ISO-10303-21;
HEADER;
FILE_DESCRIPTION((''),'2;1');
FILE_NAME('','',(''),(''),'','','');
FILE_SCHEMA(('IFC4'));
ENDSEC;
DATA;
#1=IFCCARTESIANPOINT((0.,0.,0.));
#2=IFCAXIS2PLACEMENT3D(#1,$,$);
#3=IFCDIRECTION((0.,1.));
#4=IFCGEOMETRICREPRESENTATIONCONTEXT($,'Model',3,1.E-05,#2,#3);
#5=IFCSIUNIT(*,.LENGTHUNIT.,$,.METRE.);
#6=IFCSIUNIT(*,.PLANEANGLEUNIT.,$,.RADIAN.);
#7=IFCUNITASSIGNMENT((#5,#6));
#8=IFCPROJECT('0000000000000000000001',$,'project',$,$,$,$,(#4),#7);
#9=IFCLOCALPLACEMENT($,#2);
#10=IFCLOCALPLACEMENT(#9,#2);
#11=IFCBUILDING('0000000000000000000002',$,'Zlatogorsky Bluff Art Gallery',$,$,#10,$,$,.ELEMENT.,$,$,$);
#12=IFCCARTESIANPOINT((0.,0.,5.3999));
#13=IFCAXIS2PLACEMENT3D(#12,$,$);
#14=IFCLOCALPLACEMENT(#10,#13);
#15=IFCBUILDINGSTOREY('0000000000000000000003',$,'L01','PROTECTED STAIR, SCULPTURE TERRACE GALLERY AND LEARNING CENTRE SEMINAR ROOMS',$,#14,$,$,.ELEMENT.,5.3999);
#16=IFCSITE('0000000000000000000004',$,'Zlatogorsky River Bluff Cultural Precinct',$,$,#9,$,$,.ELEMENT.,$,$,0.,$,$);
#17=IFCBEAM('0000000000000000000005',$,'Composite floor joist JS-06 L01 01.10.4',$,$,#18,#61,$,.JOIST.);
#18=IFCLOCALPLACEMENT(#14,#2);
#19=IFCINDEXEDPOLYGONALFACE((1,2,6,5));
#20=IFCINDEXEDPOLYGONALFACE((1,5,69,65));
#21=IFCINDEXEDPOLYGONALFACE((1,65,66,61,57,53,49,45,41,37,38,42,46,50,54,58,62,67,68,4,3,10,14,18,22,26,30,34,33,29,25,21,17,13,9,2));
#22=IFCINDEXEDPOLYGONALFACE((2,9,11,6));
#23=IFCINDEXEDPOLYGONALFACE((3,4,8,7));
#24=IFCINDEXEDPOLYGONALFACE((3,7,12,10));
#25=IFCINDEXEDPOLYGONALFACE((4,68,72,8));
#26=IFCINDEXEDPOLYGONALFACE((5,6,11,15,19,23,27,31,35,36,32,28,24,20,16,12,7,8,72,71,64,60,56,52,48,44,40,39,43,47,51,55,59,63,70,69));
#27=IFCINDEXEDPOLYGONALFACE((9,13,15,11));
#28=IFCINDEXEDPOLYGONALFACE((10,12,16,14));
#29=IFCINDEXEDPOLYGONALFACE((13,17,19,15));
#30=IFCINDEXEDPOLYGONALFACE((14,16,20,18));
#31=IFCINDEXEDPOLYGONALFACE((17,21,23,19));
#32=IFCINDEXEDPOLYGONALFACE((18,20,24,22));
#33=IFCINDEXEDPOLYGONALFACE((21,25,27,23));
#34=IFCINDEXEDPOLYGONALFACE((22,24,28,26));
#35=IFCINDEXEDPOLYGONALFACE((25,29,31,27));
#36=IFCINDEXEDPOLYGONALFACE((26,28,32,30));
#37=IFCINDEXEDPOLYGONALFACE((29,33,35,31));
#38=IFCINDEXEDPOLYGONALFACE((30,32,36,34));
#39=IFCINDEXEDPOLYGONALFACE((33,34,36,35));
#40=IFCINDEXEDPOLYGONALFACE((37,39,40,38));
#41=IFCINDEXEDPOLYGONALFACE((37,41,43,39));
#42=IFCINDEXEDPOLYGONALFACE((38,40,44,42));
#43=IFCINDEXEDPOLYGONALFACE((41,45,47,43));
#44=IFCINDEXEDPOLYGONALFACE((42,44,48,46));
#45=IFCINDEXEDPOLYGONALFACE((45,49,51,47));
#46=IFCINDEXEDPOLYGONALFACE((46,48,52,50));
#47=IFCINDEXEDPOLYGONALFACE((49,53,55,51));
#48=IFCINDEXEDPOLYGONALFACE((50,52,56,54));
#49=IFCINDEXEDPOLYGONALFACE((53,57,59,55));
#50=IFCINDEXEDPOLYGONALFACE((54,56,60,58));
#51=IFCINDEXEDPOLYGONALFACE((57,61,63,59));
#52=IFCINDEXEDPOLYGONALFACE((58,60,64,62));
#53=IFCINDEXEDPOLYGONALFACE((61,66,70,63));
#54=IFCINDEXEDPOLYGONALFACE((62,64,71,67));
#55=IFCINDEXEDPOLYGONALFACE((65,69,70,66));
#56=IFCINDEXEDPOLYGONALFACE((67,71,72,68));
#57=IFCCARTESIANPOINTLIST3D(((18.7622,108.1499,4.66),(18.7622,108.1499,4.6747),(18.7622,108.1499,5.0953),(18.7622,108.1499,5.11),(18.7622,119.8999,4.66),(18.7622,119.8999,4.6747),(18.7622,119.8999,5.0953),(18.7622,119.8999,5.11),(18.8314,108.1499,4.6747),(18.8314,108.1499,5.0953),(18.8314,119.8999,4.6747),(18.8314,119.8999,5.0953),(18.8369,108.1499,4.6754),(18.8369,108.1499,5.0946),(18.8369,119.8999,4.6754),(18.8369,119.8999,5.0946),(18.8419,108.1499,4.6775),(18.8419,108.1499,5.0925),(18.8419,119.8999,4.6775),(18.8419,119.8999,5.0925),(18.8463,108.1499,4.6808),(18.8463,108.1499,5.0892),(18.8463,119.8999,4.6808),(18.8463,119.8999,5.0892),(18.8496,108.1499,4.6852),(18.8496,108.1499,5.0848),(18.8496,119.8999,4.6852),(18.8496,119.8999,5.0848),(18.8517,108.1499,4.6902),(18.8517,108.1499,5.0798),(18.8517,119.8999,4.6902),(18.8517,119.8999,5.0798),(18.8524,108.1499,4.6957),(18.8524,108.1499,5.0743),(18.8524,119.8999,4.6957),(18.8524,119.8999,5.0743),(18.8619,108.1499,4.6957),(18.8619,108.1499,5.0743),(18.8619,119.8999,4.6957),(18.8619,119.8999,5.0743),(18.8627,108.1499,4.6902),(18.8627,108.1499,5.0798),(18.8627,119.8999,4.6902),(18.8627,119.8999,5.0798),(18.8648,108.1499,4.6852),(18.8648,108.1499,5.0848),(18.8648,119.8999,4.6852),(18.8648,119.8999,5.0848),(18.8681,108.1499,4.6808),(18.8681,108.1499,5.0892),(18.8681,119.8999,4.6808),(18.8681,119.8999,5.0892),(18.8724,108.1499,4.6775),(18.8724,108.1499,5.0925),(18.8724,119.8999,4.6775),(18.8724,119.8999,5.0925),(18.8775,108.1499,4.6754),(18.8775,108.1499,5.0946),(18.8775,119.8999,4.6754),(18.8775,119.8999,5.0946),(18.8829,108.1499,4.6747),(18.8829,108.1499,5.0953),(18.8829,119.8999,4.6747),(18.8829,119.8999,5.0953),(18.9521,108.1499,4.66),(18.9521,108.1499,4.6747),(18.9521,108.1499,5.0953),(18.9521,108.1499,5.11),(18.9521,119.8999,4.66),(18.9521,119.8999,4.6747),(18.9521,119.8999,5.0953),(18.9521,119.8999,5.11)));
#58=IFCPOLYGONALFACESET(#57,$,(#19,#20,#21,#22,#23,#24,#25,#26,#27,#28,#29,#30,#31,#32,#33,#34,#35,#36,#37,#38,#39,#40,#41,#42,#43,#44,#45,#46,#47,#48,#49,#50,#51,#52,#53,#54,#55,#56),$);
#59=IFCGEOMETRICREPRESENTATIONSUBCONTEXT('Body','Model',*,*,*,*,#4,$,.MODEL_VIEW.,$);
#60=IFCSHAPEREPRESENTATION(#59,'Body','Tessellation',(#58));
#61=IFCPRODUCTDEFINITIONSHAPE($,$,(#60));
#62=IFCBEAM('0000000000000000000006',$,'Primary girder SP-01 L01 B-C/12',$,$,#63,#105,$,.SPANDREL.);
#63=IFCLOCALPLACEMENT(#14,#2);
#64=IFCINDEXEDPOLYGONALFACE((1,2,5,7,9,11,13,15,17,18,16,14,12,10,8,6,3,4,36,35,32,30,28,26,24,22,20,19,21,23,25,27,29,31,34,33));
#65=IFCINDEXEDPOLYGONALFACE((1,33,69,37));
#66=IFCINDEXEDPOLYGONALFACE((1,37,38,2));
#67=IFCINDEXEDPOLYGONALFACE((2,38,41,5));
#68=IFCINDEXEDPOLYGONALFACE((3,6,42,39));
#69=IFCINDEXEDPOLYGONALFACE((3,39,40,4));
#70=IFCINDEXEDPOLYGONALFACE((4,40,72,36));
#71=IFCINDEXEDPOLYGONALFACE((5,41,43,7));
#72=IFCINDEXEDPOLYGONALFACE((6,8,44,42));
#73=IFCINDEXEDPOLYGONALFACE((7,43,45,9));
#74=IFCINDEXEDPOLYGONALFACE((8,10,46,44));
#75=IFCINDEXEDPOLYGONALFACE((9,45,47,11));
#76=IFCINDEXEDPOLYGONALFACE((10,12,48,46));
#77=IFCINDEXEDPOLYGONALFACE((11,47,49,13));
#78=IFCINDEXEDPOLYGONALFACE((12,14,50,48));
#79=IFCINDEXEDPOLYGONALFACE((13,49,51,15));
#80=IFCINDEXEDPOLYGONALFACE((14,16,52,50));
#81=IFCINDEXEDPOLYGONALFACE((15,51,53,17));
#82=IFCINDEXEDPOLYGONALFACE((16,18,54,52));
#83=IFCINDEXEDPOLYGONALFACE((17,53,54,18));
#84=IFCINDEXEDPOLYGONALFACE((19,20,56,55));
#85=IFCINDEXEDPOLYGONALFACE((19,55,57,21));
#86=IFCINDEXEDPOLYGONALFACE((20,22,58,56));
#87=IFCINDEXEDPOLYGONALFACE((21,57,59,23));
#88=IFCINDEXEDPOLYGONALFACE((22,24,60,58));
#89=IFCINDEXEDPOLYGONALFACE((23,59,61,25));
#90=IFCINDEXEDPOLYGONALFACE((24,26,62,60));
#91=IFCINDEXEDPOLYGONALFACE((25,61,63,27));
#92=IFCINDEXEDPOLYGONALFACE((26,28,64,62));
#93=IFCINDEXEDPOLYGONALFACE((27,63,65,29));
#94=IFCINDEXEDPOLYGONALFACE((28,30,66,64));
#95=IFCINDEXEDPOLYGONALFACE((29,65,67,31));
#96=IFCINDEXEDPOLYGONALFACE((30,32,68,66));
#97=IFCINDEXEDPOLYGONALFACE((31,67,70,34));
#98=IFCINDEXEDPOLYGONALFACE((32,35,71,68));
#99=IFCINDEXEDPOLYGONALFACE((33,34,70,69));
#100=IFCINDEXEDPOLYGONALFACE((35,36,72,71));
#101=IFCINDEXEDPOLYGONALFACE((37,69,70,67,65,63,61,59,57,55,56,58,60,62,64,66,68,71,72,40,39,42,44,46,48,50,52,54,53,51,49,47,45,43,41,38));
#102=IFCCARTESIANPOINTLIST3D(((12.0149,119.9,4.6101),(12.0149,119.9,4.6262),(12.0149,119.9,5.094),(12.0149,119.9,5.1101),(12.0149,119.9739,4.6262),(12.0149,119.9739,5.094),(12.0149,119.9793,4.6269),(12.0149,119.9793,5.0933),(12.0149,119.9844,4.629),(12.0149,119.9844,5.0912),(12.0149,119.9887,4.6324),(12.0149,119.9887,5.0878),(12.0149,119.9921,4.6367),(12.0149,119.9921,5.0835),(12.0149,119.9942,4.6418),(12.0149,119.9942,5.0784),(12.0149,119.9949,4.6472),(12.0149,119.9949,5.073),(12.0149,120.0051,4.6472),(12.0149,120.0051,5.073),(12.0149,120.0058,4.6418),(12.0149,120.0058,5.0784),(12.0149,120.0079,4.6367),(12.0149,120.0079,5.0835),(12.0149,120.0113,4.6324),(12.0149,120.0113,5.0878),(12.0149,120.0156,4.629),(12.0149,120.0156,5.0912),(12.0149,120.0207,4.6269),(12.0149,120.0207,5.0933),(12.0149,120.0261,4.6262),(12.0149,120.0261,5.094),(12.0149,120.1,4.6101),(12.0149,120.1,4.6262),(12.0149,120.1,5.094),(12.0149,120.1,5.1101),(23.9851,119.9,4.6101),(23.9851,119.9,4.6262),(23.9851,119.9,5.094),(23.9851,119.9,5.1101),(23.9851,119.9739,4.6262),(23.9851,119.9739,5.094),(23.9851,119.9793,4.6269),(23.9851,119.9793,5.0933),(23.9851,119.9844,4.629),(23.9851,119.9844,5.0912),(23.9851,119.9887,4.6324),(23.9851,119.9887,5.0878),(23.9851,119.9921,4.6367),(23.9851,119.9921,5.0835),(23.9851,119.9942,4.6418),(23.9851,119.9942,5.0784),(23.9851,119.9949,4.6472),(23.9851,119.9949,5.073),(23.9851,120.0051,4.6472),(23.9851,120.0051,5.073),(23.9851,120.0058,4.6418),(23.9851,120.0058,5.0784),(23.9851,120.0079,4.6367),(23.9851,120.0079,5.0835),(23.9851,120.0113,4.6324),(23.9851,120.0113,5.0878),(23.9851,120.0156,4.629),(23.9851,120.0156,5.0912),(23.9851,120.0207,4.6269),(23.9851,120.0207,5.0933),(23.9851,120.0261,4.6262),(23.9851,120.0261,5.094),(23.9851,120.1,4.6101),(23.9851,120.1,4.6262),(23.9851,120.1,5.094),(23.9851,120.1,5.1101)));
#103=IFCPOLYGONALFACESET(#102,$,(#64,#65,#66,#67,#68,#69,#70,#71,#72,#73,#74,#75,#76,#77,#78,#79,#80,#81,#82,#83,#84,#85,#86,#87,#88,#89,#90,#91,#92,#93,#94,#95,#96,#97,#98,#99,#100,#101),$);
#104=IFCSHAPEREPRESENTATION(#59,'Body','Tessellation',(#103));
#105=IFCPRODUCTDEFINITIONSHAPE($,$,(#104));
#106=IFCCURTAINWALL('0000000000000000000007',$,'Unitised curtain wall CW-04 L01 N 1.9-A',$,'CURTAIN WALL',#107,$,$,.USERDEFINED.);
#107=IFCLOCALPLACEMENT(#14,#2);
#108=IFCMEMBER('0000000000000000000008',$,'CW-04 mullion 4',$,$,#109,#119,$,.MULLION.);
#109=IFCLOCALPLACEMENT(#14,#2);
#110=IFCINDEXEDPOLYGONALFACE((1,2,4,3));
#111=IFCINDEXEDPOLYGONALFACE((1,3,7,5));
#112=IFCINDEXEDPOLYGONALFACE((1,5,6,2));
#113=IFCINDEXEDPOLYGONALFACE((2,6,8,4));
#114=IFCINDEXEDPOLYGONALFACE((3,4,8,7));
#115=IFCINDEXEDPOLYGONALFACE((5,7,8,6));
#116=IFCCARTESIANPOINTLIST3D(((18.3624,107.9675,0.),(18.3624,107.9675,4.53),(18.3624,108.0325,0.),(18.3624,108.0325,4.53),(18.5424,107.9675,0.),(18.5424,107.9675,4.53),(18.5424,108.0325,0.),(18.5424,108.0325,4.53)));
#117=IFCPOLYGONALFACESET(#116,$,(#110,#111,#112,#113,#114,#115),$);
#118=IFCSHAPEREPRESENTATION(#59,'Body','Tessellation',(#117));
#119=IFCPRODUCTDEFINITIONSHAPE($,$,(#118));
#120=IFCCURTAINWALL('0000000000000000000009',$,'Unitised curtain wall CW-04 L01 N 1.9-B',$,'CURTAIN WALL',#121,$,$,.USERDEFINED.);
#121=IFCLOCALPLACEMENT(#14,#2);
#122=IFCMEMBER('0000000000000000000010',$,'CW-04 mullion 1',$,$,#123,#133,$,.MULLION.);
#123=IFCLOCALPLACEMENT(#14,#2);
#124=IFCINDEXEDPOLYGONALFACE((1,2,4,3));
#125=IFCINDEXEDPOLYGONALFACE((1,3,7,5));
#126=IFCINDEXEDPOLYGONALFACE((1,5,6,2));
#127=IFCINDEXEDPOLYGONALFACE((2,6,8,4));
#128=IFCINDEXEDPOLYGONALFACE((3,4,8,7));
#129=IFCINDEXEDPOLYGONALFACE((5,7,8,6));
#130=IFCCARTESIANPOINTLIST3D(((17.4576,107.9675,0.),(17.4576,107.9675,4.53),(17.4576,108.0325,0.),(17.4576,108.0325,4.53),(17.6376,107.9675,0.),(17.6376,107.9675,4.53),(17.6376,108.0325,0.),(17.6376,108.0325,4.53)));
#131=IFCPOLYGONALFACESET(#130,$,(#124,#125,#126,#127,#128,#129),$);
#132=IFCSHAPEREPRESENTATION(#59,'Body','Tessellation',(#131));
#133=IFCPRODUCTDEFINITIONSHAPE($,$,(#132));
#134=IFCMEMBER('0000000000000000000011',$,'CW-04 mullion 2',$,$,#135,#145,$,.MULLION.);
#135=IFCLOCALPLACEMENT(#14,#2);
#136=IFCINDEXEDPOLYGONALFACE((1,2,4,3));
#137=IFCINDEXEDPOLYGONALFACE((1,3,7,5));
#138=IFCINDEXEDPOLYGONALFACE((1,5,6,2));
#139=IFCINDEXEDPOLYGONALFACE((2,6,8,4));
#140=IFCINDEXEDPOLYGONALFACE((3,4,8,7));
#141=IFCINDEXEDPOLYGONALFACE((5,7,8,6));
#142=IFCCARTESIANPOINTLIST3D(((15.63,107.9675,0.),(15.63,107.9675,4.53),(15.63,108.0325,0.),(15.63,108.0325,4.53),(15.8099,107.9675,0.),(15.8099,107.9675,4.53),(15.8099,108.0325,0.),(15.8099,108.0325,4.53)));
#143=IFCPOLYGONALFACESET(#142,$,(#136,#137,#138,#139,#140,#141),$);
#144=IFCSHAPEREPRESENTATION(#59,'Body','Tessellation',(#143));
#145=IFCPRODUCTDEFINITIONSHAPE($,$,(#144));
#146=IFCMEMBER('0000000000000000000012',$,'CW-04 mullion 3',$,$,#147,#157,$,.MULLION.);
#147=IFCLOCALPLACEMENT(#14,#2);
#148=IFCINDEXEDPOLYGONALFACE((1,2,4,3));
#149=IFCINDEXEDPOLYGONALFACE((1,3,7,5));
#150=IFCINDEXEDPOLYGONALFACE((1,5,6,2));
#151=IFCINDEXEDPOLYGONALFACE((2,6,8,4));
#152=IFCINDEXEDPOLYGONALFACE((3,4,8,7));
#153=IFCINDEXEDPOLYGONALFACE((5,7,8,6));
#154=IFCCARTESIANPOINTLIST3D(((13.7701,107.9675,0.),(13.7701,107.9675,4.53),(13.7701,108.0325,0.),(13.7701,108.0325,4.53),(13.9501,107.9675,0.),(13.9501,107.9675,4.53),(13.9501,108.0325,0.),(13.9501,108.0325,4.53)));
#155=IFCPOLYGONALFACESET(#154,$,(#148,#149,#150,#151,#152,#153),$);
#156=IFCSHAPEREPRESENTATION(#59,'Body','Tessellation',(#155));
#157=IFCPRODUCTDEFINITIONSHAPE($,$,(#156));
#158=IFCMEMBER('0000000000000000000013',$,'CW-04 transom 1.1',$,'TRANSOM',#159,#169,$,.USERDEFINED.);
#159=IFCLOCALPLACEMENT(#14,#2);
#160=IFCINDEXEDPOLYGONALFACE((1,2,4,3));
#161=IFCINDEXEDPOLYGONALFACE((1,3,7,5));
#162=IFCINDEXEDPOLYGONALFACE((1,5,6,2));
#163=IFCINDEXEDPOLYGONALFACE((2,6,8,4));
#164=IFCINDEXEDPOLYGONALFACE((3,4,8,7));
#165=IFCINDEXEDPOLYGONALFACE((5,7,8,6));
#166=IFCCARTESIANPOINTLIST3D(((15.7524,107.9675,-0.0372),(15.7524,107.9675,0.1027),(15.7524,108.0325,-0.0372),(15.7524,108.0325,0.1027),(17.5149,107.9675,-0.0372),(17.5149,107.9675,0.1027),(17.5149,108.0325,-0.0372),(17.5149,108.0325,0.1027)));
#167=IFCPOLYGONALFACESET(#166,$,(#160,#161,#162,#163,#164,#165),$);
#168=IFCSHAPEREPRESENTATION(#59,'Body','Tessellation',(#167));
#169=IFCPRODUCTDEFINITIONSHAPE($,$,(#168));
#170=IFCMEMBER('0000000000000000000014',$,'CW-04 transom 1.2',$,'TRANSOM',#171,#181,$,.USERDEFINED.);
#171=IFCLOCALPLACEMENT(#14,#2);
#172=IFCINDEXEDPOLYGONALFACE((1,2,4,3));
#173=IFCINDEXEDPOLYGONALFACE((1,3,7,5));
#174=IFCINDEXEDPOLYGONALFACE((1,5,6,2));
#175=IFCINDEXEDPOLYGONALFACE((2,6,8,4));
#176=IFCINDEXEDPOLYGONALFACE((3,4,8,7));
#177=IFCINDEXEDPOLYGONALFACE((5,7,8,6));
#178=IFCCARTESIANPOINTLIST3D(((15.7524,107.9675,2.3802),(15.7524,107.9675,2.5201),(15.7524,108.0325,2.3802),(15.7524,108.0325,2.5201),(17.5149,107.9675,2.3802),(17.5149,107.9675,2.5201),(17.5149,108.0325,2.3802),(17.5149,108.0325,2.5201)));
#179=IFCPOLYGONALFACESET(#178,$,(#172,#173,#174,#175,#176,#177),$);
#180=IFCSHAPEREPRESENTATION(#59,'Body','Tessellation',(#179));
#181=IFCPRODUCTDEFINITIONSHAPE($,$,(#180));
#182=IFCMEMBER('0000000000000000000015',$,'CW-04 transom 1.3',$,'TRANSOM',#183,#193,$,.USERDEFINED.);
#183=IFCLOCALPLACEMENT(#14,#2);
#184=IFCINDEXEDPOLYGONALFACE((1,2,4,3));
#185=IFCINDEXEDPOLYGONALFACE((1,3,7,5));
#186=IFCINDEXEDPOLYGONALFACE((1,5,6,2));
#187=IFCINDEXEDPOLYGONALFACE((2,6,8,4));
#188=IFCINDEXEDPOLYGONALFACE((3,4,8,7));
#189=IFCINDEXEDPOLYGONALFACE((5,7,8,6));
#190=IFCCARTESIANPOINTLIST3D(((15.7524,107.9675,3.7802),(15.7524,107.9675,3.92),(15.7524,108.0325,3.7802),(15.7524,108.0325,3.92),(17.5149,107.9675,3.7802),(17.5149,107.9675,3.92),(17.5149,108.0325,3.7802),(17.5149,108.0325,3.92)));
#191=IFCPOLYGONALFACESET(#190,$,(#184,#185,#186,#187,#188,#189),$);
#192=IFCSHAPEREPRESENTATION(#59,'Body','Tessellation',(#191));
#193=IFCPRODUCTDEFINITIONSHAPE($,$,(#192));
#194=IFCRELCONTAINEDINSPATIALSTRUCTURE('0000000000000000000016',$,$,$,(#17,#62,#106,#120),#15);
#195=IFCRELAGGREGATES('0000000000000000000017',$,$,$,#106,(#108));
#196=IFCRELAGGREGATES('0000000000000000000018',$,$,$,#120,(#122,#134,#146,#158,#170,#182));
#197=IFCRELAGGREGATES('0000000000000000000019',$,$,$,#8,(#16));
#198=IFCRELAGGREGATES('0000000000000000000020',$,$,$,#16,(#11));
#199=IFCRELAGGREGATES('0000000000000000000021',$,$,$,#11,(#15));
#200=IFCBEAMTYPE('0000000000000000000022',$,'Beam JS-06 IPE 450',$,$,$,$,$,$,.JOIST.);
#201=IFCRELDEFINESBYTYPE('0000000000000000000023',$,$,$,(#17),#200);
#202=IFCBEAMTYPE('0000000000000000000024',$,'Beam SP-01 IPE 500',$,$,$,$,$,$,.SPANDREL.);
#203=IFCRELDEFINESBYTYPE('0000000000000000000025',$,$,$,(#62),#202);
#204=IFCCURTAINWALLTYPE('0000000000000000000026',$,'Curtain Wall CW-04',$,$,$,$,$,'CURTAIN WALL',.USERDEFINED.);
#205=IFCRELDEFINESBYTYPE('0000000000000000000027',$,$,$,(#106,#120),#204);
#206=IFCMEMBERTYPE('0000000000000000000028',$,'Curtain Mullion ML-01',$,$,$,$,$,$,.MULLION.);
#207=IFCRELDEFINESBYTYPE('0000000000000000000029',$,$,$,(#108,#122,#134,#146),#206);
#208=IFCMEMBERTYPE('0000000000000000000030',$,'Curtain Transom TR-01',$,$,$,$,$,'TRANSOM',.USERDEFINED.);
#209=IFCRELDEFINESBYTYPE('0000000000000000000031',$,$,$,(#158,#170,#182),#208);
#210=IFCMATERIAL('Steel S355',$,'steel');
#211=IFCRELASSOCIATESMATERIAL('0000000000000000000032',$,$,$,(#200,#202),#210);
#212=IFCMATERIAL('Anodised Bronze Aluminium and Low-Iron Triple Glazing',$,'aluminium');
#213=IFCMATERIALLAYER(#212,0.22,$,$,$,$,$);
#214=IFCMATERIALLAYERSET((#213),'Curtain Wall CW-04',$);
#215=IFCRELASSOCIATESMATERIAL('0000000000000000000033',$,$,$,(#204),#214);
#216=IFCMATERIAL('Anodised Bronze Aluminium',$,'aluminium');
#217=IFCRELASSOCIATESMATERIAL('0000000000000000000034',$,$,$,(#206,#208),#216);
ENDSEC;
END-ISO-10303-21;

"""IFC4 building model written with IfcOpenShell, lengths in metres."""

from ifc_helpers import new_model, si_unit, direction, frame, origin, origin_2d, place, context, subcontext, project, spatial, rectangle, i_section, extrude, material, layer, layer_set, material_profile, profile_set, type_object, element, aggregate, save


model = new_model("IFC4")

# Units and contexts
model_context = context("Model", 3, precision=1e-05, world=origin(), true_north=direction((0.0, 1.0)))
body_context = subcontext(model_context, "Body", "Model", "MODEL_VIEW")
ifc_project = project(units=[si_unit("LENGTHUNIT", "METRE"), si_unit("PLANEANGLEUNIT", "RADIAN")], contexts=[model_context])

# Site, building, storey
site_placement = place(None, origin())
site = spatial("IfcSite", under=ifc_project, at=site_placement, Name="Zlatogorsky River Bluff Cultural Precinct", CompositionType="ELEMENT", RefElevation=0.0)
building_placement = place(site_placement, origin())
building = spatial("IfcBuilding", under=site, at=building_placement, Name="Zlatogorsky Bluff Art Gallery", CompositionType="ELEMENT")
storey_placement = place(building_placement, frame((0.0, 0.0, 5.3999)))
storey = spatial("IfcBuildingStorey", under=building, at=storey_placement, Name="L01", Description="PROTECTED STAIR, SCULPTURE TERRACE GALLERY AND LEARNING CENTRE SEMINAR ROOMS", CompositionType="ELEMENT", Elevation=5.3999)

# Shared definitions
ifc_material_1 = material(Name="Steel S355", Category="steel")

# Beams
ifc_material_profile_1 = material_profile(ifc_material_1, i_section(OverallWidth=0.1899, OverallDepth=0.45, WebThickness=0.0095, FlangeThickness=0.0146, FilletRadius=0.021, at=origin_2d()), Name="IPE 450")
ifc_profile_set_1 = profile_set([ifc_material_profile_1], Name="Steel S355")
beam_type_1 = type_object("IfcBeamType", Name="Beam JS-06 IPE 450", PredefinedType="JOIST", material=ifc_profile_set_1)
for number, where, z_axis, x_axis, name in (
    (1, (18.8572, 108.1499, 4.885), (0.0, 1.0, 0.0), (-1.0, 0.0, 0.0), "Composite floor joist JS-06 L01 01.10.4"),
):
    element("IfcBeam", number, at=place(storey_placement, frame(where, z_axis=z_axis, x_axis=x_axis)), inside=storey, type_object=beam_type_1, Name=name, PredefinedType="JOIST", context=body_context, shape_type="SweptSolid", body=[
        extrude(i_section(OverallWidth=0.1899, OverallDepth=0.45, WebThickness=0.0095, FlangeThickness=0.0146, FilletRadius=0.021, at=origin_2d()), origin(), (0.0, 0.0, 1.0), 11.75),
    ])
ifc_material_profile_2 = material_profile(ifc_material_1, i_section(OverallWidth=0.2, OverallDepth=0.5, WebThickness=0.0103, FlangeThickness=0.0161, FilletRadius=0.021, at=origin_2d()), Name="IPE 500")
ifc_profile_set_2 = profile_set([ifc_material_profile_2], Name="Steel S355")
beam_type_2 = type_object("IfcBeamType", Name="Beam SP-01 IPE 500", PredefinedType="SPANDREL", material=ifc_profile_set_2)
beam_1_placement = place(storey_placement, frame((12.0149, 120.0, 4.8601), z_axis=(1.0, 0.0, 0.0), x_axis=(0.0, 1.0, 0.0)))
element("IfcBeam", 2, at=beam_1_placement, inside=storey, type_object=beam_type_2, Name="Primary girder SP-01 L01 B-C/12", PredefinedType="SPANDREL", context=body_context, shape_type="SweptSolid", body=[
    extrude(i_section(OverallWidth=0.2, OverallDepth=0.5, WebThickness=0.0103, FlangeThickness=0.0161, FilletRadius=0.021, at=origin_2d()), origin(), (0.0, 0.0, 1.0), 11.9702),
])

# Curtain wall, member
ifc_material_2 = material(Name="Anodised Bronze Aluminium and Low-Iron Triple Glazing", Category="aluminium")
ifc_layer_1 = layer(ifc_material_2, 0.22)
ifc_layer_set_1 = layer_set([ifc_layer_1], Name="Curtain Wall CW-04")
curtain_wall_type = type_object("IfcCurtainWallType", Name="Curtain Wall CW-04", ElementType="CURTAIN WALL", PredefinedType="USERDEFINED", material=ifc_layer_set_1)
curtain_wall_1_placement = place(storey_placement, origin())
curtain_wall_1 = element("IfcCurtainWall", 3, at=curtain_wall_1_placement, inside=storey, type_object=curtain_wall_type, Name="Unitised curtain wall CW-04 L01 N 1.9-A", ObjectType="CURTAIN WALL", PredefinedType="USERDEFINED")
ifc_material_3 = material(Name="Anodised Bronze Aluminium", Category="aluminium")
ifc_material_profile_3 = material_profile(ifc_material_3, rectangle(XDim=0.0649, YDim=0.1799, at=origin_2d()), Name="ALU MULLION 65x180")
ifc_profile_set_3 = profile_set([ifc_material_profile_3], Name="Anodised Bronze Aluminium")
member_type_1 = type_object("IfcMemberType", Name="Curtain Mullion ML-01", PredefinedType="MULLION", material=ifc_profile_set_3)
member_1_placement = place(storey_placement, frame((18.4524, 108.0, 0.0), z_axis=(0.0, 0.0, 1.0), x_axis=(0.0, -1.0, 0.0)))
member_1 = element("IfcMember", 4, at=member_1_placement, type_object=member_type_1, Name="CW-04 mullion 4", PredefinedType="MULLION", context=body_context, shape_type="SweptSolid", body=[
    extrude(rectangle(XDim=0.0649, YDim=0.1799, at=origin_2d()), origin(), (0.0, 0.0, 1.0), 4.53),
])
aggregate(curtain_wall_1, [member_1])

# Curtain wall, members
curtain_wall_2_placement = place(storey_placement, origin())
curtain_wall_2 = element("IfcCurtainWall", 5, at=curtain_wall_2_placement, inside=storey, type_object=curtain_wall_type, Name="Unitised curtain wall CW-04 L01 N 1.9-B", ObjectType="CURTAIN WALL", PredefinedType="USERDEFINED")
member_2_placement = place(storey_placement, frame((17.5476, 108.0, 0.0), z_axis=(0.0, 0.0, 1.0), x_axis=(0.0, -1.0, 0.0)))
member_2 = element("IfcMember", 6, at=member_2_placement, type_object=member_type_1, Name="CW-04 mullion 1", PredefinedType="MULLION", context=body_context, shape_type="SweptSolid", body=[
    extrude(rectangle(XDim=0.0649, YDim=0.1799, at=origin_2d()), origin(), (0.0, 0.0, 1.0), 4.53),
])
member_3_placement = place(storey_placement, frame((15.72, 108.0, 0.0), z_axis=(0.0, 0.0, 1.0), x_axis=(0.0, -1.0, 0.0)))
member_3 = element("IfcMember", 7, at=member_3_placement, type_object=member_type_1, Name="CW-04 mullion 2", PredefinedType="MULLION", context=body_context, shape_type="SweptSolid", body=[
    extrude(rectangle(XDim=0.0649, YDim=0.1799, at=origin_2d()), origin(), (0.0, 0.0, 1.0), 4.53),
])
member_4_placement = place(storey_placement, frame((13.8601, 108.0, 0.0), z_axis=(0.0, 0.0, 1.0), x_axis=(0.0, -1.0, 0.0)))
member_4 = element("IfcMember", 8, at=member_4_placement, type_object=member_type_1, Name="CW-04 mullion 3", PredefinedType="MULLION", context=body_context, shape_type="SweptSolid", body=[
    extrude(rectangle(XDim=0.0649, YDim=0.1799, at=origin_2d()), origin(), (0.0, 0.0, 1.0), 4.53),
])
ifc_material_profile_4 = material_profile(ifc_material_3, rectangle(XDim=0.0649, YDim=0.1399, at=origin_2d()), Name="ALU TRANSOM 65x140")
ifc_profile_set_4 = profile_set([ifc_material_profile_4], Name="Anodised Bronze Aluminium")
member_type_2 = type_object("IfcMemberType", Name="Curtain Transom TR-01", ElementType="TRANSOM", PredefinedType="USERDEFINED", material=ifc_profile_set_4)
member_5_placement = place(storey_placement, frame((17.5149, 108.0, 0.0327), z_axis=(-1.0, 0.0, 0.0), x_axis=(0.0, -1.0, 0.0)))
member_5 = element("IfcMember", 9, at=member_5_placement, type_object=member_type_2, Name="CW-04 transom 1.1", ObjectType="TRANSOM", PredefinedType="USERDEFINED", context=body_context, shape_type="SweptSolid", body=[
    extrude(rectangle(XDim=0.0649, YDim=0.1399, at=origin_2d()), origin(), (0.0, 0.0, 1.0), 1.7625),
])
member_6_placement = place(storey_placement, frame((17.5149, 108.0, 2.4502), z_axis=(-1.0, 0.0, 0.0), x_axis=(0.0, -1.0, 0.0)))
member_6 = element("IfcMember", 10, at=member_6_placement, type_object=member_type_2, Name="CW-04 transom 1.2", ObjectType="TRANSOM", PredefinedType="USERDEFINED", context=body_context, shape_type="SweptSolid", body=[
    extrude(rectangle(XDim=0.0649, YDim=0.1399, at=origin_2d()), origin(), (0.0, 0.0, 1.0), 1.7625),
])
member_7_placement = place(storey_placement, frame((17.5149, 108.0, 3.8501), z_axis=(-1.0, 0.0, 0.0), x_axis=(0.0, -1.0, 0.0)))
member_7 = element("IfcMember", 11, at=member_7_placement, type_object=member_type_2, Name="CW-04 transom 1.3", ObjectType="TRANSOM", PredefinedType="USERDEFINED", context=body_context, shape_type="SweptSolid", body=[
    extrude(rectangle(XDim=0.0649, YDim=0.1399, at=origin_2d()), origin(), (0.0, 0.0, 1.0), 1.7625),
])
aggregate(curtain_wall_2, [member_2, member_3, member_4, member_5, member_6, member_7])

save(model, "model.ifc")
